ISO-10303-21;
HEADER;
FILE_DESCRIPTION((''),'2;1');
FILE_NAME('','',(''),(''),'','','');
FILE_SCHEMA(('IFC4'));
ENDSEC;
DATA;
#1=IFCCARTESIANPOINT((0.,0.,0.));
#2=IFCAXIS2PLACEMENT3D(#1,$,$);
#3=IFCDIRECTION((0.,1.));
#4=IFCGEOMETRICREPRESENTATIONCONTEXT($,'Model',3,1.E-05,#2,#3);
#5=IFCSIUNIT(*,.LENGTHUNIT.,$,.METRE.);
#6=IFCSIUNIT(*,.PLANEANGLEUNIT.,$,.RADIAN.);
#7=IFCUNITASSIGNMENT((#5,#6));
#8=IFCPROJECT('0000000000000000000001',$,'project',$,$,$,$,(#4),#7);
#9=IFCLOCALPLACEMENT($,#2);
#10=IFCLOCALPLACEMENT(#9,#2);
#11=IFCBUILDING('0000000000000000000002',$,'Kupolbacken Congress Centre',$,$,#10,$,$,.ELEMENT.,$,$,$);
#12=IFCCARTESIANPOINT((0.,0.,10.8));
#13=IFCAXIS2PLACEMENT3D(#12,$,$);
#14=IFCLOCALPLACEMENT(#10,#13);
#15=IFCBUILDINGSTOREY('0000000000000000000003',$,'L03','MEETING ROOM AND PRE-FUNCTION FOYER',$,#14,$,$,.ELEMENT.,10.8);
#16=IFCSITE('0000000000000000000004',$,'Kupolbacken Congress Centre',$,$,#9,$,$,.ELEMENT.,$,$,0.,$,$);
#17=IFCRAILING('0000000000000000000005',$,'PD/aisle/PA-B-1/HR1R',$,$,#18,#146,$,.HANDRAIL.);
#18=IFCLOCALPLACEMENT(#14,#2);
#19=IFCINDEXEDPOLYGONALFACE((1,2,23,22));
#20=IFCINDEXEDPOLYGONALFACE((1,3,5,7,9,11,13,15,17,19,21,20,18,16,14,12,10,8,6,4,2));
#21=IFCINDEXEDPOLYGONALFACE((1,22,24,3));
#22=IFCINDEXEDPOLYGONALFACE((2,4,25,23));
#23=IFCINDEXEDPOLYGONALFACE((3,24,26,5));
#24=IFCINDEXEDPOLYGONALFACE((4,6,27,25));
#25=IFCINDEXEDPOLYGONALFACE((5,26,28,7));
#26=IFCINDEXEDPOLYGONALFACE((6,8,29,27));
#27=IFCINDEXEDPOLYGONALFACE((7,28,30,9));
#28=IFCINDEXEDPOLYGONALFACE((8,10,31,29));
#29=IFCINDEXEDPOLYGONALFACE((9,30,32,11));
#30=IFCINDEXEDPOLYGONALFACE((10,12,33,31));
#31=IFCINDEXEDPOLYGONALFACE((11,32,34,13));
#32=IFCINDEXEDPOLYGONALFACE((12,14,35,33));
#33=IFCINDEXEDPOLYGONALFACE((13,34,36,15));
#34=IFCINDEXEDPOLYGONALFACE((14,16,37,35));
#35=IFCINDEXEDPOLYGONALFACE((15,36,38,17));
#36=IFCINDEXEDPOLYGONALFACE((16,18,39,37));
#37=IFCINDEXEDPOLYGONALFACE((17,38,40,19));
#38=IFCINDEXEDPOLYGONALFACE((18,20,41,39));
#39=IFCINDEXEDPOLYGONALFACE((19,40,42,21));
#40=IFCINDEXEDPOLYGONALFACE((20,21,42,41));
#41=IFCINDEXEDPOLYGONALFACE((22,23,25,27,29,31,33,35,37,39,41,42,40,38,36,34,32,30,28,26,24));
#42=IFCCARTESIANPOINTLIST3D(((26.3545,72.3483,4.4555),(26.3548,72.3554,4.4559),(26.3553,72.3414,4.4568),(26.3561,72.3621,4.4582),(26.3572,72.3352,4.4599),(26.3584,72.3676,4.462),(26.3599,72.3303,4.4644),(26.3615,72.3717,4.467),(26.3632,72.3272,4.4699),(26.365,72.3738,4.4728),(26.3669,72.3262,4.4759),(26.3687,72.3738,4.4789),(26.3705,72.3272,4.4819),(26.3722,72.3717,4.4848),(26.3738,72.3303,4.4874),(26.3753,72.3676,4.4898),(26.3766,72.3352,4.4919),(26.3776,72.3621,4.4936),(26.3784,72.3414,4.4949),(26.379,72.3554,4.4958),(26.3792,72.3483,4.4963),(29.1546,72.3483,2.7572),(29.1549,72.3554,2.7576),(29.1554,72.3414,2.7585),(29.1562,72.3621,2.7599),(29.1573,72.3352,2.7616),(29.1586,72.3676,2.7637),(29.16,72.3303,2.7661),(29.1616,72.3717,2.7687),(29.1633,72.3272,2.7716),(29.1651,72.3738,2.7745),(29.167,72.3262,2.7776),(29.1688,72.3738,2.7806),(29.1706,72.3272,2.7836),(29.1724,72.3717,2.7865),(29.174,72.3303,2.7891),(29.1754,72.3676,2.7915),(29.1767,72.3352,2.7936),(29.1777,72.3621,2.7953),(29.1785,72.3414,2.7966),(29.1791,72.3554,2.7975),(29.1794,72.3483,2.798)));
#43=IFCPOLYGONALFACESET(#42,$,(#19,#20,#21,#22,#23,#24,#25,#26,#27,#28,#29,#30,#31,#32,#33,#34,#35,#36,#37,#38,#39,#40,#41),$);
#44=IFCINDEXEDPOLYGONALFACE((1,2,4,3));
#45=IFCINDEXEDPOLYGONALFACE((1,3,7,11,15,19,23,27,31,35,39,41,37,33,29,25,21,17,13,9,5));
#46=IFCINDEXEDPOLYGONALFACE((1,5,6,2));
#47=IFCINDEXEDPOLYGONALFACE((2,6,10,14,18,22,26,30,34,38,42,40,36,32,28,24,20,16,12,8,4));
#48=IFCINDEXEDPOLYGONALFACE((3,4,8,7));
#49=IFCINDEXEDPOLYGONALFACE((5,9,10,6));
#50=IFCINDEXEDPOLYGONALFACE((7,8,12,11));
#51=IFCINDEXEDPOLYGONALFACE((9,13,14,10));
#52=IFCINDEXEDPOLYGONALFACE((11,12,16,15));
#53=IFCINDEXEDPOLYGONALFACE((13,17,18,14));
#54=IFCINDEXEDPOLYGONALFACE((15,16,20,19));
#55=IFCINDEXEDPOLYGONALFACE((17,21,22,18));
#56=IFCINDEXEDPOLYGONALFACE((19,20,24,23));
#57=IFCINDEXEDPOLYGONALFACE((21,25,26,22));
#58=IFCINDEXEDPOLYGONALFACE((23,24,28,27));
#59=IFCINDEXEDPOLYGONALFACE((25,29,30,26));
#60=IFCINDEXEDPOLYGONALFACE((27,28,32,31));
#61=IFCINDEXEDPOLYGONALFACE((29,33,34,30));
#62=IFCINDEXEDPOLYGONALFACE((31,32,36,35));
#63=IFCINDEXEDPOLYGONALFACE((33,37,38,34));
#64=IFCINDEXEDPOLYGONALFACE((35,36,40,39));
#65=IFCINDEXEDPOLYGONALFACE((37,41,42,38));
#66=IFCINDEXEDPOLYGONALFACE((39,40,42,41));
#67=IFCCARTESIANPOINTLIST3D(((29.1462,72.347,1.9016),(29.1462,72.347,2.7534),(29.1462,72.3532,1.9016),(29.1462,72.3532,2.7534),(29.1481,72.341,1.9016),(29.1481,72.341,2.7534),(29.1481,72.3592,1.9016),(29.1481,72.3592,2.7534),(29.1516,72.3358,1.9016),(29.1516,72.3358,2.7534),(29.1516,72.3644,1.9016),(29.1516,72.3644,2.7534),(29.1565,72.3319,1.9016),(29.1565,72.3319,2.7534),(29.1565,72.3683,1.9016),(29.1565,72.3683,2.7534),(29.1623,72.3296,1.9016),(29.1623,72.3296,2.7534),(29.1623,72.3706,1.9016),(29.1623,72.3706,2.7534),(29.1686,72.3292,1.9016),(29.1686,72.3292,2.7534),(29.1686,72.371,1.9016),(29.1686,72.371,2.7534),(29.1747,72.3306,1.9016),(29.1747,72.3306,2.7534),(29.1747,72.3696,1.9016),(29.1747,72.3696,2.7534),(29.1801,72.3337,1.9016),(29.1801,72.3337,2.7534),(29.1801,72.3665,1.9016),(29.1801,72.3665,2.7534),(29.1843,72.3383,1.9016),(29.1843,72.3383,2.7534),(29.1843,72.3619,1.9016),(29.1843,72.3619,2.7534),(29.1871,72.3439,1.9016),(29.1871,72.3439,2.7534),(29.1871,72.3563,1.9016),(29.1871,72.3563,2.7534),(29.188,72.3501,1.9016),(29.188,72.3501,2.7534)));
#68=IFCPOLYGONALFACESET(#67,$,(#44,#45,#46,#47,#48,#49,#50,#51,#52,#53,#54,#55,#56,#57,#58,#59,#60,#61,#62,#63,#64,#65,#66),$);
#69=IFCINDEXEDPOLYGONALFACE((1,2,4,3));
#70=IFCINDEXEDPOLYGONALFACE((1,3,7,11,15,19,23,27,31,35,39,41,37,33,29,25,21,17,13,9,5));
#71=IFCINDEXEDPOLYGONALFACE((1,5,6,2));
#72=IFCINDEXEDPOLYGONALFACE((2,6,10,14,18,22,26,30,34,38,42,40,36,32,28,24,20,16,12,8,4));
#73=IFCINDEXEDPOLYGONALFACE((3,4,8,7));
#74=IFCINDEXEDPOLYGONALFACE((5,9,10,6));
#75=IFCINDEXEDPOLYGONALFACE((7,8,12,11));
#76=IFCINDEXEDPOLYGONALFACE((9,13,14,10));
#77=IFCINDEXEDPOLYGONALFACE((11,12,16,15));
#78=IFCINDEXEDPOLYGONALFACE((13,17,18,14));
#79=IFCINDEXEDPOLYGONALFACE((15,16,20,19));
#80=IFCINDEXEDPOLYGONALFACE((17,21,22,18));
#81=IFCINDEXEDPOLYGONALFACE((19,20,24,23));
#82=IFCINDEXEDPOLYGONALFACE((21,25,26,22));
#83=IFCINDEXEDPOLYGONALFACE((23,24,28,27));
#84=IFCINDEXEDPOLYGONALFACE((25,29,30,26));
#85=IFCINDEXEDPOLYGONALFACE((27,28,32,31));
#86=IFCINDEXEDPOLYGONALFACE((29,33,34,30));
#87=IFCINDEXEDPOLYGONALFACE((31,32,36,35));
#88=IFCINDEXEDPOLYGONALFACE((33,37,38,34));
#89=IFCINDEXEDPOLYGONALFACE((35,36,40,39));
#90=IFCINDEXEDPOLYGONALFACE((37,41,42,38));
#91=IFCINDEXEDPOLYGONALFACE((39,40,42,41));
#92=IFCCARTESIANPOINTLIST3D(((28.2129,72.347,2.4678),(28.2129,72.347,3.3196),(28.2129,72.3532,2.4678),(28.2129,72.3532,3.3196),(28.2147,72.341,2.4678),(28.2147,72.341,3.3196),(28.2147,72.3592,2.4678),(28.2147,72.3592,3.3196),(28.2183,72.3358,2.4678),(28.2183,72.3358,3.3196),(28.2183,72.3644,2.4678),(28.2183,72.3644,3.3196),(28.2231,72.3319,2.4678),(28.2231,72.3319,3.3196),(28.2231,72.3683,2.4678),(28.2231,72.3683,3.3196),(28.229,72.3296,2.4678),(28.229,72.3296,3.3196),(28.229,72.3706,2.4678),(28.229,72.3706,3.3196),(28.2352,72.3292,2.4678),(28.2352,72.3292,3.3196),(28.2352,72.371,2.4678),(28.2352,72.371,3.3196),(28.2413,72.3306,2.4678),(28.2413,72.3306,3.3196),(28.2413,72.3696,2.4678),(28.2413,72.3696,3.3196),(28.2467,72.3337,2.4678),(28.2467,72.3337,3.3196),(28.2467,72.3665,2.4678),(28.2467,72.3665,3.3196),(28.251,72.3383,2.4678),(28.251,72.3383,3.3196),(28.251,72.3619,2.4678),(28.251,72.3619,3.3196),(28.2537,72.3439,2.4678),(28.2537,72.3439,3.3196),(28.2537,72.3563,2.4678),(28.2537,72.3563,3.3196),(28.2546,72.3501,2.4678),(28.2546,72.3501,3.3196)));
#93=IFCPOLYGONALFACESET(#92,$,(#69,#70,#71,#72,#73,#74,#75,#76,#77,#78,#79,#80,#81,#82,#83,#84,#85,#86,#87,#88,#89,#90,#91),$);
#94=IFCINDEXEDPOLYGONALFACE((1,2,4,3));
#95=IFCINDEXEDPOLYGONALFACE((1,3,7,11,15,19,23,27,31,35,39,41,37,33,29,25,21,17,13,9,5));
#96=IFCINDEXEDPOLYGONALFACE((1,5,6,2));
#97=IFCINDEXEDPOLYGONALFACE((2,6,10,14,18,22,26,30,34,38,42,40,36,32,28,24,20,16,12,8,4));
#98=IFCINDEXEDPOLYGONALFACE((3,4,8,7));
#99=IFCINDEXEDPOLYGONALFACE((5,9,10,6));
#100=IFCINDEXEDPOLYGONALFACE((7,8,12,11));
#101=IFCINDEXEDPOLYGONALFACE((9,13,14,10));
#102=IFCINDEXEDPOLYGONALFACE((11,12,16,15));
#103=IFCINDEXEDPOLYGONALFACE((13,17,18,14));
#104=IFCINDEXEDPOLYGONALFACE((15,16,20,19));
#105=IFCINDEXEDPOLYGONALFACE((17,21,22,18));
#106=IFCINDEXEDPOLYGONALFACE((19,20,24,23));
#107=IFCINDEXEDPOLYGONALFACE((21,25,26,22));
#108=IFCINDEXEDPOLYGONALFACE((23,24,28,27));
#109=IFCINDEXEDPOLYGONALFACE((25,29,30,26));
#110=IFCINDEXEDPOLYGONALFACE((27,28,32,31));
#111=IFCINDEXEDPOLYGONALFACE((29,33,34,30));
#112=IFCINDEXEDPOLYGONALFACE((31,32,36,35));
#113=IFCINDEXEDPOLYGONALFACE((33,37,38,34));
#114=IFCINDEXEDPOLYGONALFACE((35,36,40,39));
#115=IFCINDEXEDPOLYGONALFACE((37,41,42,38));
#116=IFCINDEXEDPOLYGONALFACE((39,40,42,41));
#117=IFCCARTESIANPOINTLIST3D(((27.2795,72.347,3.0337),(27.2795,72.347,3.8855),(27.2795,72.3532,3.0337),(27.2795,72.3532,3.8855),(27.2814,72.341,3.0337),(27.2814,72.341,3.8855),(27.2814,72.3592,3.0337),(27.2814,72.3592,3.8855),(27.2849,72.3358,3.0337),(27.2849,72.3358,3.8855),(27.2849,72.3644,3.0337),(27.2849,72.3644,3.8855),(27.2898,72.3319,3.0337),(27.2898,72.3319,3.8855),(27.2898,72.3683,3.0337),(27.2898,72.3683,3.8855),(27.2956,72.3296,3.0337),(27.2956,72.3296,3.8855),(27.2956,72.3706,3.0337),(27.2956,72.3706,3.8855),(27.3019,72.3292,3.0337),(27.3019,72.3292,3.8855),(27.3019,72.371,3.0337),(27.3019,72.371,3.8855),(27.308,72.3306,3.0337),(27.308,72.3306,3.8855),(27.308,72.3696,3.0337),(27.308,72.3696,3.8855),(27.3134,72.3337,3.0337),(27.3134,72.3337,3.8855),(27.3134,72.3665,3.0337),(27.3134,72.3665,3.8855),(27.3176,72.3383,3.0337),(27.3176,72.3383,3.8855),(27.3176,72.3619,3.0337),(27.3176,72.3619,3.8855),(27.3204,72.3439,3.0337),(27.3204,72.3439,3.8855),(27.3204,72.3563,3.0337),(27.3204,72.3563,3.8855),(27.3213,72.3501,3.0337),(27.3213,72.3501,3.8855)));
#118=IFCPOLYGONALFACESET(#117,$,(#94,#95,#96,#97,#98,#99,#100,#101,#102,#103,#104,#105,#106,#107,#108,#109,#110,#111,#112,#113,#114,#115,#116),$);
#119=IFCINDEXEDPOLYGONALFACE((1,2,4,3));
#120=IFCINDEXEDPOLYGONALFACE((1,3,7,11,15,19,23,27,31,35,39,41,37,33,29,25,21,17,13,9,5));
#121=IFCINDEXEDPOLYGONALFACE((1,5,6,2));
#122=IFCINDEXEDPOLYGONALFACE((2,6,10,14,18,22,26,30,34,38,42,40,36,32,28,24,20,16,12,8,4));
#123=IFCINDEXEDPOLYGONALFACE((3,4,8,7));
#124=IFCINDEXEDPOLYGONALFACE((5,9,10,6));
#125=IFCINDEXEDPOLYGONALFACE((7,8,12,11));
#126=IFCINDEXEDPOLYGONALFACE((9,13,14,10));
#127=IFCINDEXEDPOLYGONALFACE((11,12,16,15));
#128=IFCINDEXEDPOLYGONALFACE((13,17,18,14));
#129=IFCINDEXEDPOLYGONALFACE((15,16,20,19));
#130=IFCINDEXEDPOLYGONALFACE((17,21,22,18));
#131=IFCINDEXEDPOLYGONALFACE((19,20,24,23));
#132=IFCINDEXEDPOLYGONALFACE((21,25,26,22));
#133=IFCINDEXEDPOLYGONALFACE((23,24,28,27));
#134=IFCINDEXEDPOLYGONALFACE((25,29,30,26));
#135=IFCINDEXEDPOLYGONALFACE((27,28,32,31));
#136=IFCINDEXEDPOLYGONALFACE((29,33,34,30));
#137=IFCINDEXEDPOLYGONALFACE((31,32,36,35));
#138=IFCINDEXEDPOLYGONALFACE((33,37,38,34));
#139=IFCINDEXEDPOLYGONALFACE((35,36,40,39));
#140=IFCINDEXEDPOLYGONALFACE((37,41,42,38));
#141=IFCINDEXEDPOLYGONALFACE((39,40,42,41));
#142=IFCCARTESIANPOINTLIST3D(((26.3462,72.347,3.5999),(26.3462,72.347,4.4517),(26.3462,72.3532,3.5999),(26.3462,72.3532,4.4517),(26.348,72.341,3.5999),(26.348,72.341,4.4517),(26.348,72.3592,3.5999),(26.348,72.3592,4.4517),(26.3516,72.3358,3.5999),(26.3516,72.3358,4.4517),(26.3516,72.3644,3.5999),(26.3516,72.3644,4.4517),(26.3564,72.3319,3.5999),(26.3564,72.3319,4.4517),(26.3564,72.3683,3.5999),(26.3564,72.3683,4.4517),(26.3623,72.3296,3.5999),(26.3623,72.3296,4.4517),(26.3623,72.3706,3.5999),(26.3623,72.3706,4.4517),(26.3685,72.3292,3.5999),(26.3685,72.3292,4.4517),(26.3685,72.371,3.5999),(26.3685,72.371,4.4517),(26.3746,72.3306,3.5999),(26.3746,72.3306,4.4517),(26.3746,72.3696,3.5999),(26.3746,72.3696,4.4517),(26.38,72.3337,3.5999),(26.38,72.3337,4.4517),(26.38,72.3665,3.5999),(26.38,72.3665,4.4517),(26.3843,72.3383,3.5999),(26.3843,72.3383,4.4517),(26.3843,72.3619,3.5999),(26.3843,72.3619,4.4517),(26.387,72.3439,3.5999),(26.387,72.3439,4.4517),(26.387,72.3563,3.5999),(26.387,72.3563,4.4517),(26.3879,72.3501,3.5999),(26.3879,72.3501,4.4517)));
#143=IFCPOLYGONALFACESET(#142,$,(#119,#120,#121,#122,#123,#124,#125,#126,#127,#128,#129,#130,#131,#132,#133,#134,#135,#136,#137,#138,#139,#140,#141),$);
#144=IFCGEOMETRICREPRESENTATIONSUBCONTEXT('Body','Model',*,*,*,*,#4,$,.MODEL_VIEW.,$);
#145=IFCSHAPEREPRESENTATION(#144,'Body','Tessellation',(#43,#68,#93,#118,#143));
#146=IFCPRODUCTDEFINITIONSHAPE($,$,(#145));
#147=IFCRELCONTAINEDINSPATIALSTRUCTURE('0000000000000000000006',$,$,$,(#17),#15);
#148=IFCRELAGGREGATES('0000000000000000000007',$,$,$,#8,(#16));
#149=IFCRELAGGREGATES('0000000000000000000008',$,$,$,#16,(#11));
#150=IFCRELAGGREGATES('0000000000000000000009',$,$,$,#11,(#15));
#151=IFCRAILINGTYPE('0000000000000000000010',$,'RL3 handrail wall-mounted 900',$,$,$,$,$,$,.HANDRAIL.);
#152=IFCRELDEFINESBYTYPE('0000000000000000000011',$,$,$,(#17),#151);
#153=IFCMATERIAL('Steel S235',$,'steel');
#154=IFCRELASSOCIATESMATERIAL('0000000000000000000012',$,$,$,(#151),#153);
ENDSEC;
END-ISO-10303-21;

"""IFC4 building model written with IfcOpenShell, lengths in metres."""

from ifc_helpers import new_model, si_unit, direction, frame, origin, origin_2d, place, context, subcontext, project, spatial, circle, extrude, material, type_object, element, save


model = new_model("IFC4")

# Units and contexts
model_context = context("Model", 3, precision=1e-05, world=origin(), true_north=direction((0.0, 1.0)))
body_context = subcontext(model_context, "Body", "Model", "MODEL_VIEW")
ifc_project = project(units=[si_unit("LENGTHUNIT", "METRE"), si_unit("PLANEANGLEUNIT", "RADIAN")], contexts=[model_context])

# Site, building, storey
site_placement = place(None, origin())
site = spatial("IfcSite", under=ifc_project, at=site_placement, Name="Kupolbacken Congress Centre", CompositionType="ELEMENT", RefElevation=0.0)
building_placement = place(site_placement, origin())
building = spatial("IfcBuilding", under=site, at=building_placement, Name="Kupolbacken Congress Centre", CompositionType="ELEMENT")
storey_placement = place(building_placement, frame((0.0, 0.0, 10.8)))
storey = spatial("IfcBuildingStorey", under=building, at=storey_placement, Name="L03", Description="MEETING ROOM AND PRE-FUNCTION FOYER", CompositionType="ELEMENT", Elevation=10.8)

# Railing
ifc_material_1 = material(Name="Steel S235", Category="steel")
railing_type_1 = type_object("IfcRailingType", Name="RL3 handrail wall-mounted 900", PredefinedType="HANDRAIL", material=ifc_material_1)
for number, where, name in (
    (1, (29.167, 72.3501, 1.9016), "PD/aisle/PA-B-1/HR1R"),
):
    element("IfcRailing", number, at=place(storey_placement, frame(where)), inside=storey, type_object=railing_type_1, Name=name, PredefinedType="HANDRAIL", context=body_context, shape_type="SweptSolid", body=[
        extrude(circle(Radius=0.0239, at=origin_2d()), frame((0.0, 0.0, 0.876), z_axis=(-0.85503, 0.0, 0.518579), x_axis=(0.0, -1.0, 0.0)), (0.0, 0.0, 1.0), 3.2749),
        extrude(circle(Radius=0.021, at=origin_2d()), origin(), (0.0, 0.0, 1.0), 0.8518),
        extrude(circle(Radius=0.021, at=origin_2d()), frame((-0.9333, 0.0, 0.5662)), (0.0, 0.0, 1.0), 0.8518),
        extrude(circle(Radius=0.021, at=origin_2d()), frame((-1.8667, 0.0, 1.1321)), (0.0, 0.0, 1.0), 0.8518),
        extrude(circle(Radius=0.021, at=origin_2d()), frame((-2.8, 0.0, 1.6982)), (0.0, 0.0, 1.0), 0.8518),
    ])

save(model, "model.ifc")
